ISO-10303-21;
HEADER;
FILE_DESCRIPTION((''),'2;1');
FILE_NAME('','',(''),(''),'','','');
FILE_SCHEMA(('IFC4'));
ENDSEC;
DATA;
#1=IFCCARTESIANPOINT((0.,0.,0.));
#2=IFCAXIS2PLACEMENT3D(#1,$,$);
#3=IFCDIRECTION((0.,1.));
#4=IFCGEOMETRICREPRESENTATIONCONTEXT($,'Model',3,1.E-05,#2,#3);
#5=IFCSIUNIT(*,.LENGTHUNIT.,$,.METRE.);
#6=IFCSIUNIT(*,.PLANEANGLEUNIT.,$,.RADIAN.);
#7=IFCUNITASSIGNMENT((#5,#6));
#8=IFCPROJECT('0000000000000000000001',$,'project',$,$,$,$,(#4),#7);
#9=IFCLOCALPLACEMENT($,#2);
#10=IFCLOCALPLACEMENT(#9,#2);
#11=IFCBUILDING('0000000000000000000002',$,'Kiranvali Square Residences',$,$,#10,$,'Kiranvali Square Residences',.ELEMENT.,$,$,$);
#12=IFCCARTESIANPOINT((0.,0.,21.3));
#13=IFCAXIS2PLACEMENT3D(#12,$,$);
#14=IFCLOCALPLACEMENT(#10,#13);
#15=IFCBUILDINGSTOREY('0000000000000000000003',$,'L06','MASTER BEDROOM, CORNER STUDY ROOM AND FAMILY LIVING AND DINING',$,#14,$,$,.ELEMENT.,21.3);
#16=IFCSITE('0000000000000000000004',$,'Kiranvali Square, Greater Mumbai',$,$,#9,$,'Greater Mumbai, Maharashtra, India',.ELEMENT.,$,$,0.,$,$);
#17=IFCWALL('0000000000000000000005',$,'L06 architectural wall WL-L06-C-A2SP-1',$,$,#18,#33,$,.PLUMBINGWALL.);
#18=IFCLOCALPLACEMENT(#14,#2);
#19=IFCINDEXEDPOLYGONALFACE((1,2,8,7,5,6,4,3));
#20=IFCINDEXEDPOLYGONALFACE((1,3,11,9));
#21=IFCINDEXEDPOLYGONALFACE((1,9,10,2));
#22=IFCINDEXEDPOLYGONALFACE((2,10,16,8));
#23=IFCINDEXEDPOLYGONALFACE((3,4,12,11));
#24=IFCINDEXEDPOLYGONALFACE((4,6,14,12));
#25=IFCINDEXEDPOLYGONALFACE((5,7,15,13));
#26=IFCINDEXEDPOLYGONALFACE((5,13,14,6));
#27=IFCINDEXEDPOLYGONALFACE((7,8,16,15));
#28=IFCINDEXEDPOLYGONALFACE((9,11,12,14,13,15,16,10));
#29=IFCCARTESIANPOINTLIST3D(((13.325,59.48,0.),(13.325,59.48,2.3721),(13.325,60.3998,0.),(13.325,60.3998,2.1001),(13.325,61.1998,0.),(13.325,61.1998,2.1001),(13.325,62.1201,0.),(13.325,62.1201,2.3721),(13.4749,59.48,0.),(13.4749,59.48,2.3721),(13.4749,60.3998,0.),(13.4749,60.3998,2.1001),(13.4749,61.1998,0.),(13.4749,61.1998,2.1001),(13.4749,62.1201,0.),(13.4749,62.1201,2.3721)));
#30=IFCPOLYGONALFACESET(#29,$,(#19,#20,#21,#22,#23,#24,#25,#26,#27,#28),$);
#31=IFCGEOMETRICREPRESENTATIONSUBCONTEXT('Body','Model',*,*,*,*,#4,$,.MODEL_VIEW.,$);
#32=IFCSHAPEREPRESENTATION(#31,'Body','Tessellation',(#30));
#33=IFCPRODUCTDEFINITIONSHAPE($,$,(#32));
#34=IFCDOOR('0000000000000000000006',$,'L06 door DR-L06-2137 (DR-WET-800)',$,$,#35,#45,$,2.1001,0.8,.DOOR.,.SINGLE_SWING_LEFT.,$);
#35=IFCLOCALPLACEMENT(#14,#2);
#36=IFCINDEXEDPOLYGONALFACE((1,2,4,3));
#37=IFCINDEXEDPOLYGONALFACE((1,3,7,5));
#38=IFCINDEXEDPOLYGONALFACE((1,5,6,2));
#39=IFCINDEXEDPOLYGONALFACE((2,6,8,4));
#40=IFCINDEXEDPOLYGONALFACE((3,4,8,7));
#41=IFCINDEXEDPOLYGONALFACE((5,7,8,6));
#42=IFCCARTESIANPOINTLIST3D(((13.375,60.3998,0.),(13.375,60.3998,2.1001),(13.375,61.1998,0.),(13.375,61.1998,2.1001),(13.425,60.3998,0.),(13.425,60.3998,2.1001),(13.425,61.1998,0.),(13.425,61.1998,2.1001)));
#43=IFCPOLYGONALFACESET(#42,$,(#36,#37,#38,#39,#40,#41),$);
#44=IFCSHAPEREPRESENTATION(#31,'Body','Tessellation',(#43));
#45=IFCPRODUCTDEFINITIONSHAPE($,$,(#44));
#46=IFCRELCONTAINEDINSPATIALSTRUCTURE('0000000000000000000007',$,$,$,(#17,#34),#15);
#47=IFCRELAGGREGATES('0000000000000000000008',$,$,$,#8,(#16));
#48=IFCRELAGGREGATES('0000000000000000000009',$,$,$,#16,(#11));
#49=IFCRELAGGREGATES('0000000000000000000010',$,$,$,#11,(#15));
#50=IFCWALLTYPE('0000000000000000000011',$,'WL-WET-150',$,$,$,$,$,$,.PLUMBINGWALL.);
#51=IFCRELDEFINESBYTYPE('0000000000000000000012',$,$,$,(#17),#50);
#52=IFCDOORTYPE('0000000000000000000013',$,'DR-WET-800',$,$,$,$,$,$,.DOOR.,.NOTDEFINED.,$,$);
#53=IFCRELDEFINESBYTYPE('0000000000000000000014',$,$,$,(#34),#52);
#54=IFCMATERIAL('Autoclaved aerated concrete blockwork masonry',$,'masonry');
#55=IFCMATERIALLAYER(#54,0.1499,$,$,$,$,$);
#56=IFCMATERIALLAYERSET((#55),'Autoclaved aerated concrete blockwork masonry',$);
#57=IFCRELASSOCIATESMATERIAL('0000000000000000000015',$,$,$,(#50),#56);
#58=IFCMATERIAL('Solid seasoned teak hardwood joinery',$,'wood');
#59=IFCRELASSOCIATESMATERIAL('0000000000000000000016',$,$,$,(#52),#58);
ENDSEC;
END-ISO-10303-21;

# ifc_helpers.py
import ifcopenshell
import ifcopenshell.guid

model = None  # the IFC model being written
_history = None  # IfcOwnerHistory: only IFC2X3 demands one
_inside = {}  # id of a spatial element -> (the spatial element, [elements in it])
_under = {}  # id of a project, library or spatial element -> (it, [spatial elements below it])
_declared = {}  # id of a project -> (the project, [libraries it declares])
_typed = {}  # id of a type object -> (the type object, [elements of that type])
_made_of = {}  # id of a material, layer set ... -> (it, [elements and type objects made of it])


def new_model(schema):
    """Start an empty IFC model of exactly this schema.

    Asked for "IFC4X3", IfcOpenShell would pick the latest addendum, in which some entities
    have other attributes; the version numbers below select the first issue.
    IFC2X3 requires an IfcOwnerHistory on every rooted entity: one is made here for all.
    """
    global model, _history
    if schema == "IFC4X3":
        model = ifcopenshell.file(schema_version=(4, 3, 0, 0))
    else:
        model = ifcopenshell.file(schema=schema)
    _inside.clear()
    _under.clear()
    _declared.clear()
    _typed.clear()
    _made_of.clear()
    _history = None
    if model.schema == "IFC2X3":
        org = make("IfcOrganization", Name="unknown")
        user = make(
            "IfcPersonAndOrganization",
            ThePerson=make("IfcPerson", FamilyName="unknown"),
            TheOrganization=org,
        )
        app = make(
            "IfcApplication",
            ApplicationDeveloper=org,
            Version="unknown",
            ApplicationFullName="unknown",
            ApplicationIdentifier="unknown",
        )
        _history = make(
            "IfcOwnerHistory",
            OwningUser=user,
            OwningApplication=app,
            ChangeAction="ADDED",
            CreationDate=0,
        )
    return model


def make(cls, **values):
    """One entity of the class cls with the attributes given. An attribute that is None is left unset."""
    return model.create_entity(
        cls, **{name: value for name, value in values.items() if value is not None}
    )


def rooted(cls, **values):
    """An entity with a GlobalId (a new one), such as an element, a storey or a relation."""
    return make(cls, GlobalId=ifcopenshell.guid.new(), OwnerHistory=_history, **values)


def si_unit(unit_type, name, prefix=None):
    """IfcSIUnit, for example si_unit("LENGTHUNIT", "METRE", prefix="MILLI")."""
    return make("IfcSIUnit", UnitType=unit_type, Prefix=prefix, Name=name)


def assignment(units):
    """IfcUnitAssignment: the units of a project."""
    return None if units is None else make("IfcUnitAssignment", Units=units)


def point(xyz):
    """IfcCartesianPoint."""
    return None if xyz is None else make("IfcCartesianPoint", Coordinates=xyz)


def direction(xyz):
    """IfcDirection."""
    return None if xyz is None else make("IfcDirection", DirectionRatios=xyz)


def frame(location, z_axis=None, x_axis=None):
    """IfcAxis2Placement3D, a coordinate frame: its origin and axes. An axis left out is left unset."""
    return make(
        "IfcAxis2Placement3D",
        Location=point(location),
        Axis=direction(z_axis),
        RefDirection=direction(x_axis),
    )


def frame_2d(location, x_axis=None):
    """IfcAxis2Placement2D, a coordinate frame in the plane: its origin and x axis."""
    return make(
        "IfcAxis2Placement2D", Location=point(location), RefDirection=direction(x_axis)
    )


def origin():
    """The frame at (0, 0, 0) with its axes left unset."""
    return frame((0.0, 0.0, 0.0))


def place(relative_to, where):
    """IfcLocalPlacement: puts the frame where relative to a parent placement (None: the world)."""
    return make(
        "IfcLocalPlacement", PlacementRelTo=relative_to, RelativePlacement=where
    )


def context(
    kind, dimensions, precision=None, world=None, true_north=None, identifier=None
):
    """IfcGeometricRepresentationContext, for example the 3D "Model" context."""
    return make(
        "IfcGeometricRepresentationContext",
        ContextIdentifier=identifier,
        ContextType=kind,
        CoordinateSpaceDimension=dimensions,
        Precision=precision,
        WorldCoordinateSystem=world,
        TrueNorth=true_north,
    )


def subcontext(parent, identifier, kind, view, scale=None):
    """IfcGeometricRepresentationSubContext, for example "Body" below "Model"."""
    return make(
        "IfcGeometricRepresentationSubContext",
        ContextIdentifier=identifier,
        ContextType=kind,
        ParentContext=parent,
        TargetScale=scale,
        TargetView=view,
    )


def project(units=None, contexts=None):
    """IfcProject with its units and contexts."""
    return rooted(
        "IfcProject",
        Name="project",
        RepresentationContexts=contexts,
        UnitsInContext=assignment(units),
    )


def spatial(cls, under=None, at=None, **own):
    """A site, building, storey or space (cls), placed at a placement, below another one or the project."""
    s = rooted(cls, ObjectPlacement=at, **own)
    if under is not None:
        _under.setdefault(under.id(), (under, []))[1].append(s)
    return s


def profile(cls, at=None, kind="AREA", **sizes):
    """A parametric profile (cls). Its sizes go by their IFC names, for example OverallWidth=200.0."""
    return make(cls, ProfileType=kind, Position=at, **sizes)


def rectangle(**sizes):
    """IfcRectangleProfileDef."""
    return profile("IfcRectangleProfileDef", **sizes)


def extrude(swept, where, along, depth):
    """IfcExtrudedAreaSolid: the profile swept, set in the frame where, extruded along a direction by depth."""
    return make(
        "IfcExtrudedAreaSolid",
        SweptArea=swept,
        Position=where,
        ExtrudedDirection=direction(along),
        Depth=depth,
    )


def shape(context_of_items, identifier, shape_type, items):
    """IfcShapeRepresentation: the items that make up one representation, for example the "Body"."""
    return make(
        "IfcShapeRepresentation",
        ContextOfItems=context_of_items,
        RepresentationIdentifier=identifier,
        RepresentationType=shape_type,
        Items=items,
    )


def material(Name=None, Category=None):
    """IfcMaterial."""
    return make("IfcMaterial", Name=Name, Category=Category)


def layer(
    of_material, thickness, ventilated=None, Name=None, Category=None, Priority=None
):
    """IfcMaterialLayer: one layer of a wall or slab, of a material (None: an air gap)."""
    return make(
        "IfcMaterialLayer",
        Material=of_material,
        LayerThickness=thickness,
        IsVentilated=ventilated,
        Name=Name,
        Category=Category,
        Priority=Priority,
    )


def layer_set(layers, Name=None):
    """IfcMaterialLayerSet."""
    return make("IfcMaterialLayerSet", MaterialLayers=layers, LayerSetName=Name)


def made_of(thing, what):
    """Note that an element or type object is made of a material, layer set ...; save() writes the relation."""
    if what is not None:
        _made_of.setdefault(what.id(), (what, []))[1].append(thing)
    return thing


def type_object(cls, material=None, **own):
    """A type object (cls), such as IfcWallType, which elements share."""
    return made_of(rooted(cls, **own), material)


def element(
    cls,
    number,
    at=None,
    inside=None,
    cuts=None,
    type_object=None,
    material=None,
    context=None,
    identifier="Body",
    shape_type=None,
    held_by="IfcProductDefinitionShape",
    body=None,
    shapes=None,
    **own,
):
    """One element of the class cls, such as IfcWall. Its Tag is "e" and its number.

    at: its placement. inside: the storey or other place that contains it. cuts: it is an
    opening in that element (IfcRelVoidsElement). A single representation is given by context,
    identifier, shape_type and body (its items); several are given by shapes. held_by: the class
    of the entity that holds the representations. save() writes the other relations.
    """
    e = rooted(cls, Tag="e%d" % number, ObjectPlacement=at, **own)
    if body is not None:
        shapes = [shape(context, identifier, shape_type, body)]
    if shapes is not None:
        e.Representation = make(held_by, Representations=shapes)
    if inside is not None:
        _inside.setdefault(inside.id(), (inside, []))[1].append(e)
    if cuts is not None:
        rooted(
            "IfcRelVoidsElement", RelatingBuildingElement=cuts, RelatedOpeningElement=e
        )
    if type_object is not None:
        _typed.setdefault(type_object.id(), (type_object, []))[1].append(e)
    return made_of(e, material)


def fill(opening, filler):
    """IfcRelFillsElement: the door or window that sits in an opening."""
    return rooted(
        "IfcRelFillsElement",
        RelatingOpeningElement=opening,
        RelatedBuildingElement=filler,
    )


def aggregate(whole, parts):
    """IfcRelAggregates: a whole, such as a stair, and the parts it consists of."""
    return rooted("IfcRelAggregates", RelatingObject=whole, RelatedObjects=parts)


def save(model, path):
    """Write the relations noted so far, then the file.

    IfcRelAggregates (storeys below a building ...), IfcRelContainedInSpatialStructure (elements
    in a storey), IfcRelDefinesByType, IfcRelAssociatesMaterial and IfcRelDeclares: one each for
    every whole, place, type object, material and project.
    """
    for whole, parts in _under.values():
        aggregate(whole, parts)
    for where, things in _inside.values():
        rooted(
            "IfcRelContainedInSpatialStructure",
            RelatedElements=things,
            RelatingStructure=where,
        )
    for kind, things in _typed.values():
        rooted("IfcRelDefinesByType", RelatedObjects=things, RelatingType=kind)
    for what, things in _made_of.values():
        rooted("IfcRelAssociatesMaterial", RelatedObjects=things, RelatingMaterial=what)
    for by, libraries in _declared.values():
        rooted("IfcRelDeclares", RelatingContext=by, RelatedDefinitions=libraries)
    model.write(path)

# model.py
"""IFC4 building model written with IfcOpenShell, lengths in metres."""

from ifc_helpers import new_model, si_unit, direction, frame, frame_2d, origin, place, context, subcontext, project, spatial, rectangle, extrude, material, layer, layer_set, type_object, element, fill, save


model = new_model("IFC4")

# Units and contexts
model_context = context("Model", 3, precision=1e-05, world=origin(), true_north=direction((0.0, 1.0)))
body_context = subcontext(model_context, "Body", "Model", "MODEL_VIEW")
ifc_project = project(units=[si_unit("LENGTHUNIT", "METRE"), si_unit("PLANEANGLEUNIT", "RADIAN")], contexts=[model_context])

# Site, building, storey
site_placement = place(None, origin())
site = spatial("IfcSite", under=ifc_project, at=site_placement, Name="Kiranvali Square, Greater Mumbai", LongName="Greater Mumbai, Maharashtra, India", CompositionType="ELEMENT", RefElevation=0.0)
building_placement = place(site_placement, origin())
building = spatial("IfcBuilding", under=site, at=building_placement, Name="Kiranvali Square Residences", LongName="Kiranvali Square Residences", CompositionType="ELEMENT")
storey_placement = place(building_placement, frame((0.0, 0.0, 21.3)))
storey = spatial("IfcBuildingStorey", under=building, at=storey_placement, Name="L06", Description="MASTER BEDROOM, CORNER STUDY ROOM AND FAMILY LIVING AND DINING", CompositionType="ELEMENT", Elevation=21.3)

# Wall, opening, door
ifc_material_1 = material(Name="Autoclaved aerated concrete blockwork masonry", Category="masonry")
ifc_layer_1 = layer(ifc_material_1, 0.1499)
ifc_layer_set_1 = layer_set([ifc_layer_1], Name="Autoclaved aerated concrete blockwork masonry")
wall_type_1 = type_object("IfcWallType", Name="WL-WET-150", PredefinedType="PLUMBINGWALL", material=ifc_layer_set_1)
ifc_material_2 = material(Name="Solid seasoned teak hardwood joinery", Category="wood")
wall_1_placement = place(storey_placement, frame((13.3999, 59.48, 0.0), z_axis=(0.0, 0.0, 1.0), x_axis=(0.0, 1.0, 0.0)))
wall_1 = element("IfcWall", 1, at=wall_1_placement, inside=storey, type_object=wall_type_1, Name="L06 architectural wall WL-L06-C-A2SP-1", PredefinedType="PLUMBINGWALL", context=body_context, shape_type="SweptSolid", body=[
    extrude(rectangle(XDim=2.6401, YDim=0.1499, at=frame_2d((1.3201, 0.0))), origin(), (0.0, 0.0, 1.0), 2.3721),
])
opening_1_placement = place(wall_1_placement, frame((0.9199, 0.0, 0.0)))
opening_1 = element("IfcOpeningElement", 2, at=opening_1_placement, cuts=wall_1, PredefinedType="OPENING", context=body_context, shape_type="SweptSolid", body=[
    extrude(rectangle(XDim=0.8, YDim=2.1001, at=frame_2d((0.3999, 1.05))), frame((0.0, 0.085, 0.0), z_axis=(0.0, -1.0, 0.0), x_axis=(1.0, 0.0, 0.0)), (0.0, 0.0, 1.0), 0.1699),
])
door_type_1 = type_object("IfcDoorType", Name="DR-WET-800", OperationType="NOTDEFINED", PredefinedType="DOOR", material=ifc_material_2)
door_1_placement = place(opening_1_placement, origin())
door_1 = element("IfcDoor", 3, at=door_1_placement, inside=storey, type_object=door_type_1, Name="L06 door DR-L06-2137 (DR-WET-800)", OperationType="SINGLE_SWING_LEFT", OverallHeight=2.1001, OverallWidth=0.8, PredefinedType="DOOR", context=body_context, shape_type="SweptSolid", body=[
    extrude(rectangle(XDim=0.8, YDim=2.1001, at=frame_2d((0.3999, 1.05))), frame((0.0, 0.0249, 0.0), z_axis=(0.0, -1.0, 0.0), x_axis=(1.0, 0.0, 0.0)), (0.0, 0.0, 1.0), 0.05),
])
fill(opening_1, door_1)

save(model, "model.ifc")
